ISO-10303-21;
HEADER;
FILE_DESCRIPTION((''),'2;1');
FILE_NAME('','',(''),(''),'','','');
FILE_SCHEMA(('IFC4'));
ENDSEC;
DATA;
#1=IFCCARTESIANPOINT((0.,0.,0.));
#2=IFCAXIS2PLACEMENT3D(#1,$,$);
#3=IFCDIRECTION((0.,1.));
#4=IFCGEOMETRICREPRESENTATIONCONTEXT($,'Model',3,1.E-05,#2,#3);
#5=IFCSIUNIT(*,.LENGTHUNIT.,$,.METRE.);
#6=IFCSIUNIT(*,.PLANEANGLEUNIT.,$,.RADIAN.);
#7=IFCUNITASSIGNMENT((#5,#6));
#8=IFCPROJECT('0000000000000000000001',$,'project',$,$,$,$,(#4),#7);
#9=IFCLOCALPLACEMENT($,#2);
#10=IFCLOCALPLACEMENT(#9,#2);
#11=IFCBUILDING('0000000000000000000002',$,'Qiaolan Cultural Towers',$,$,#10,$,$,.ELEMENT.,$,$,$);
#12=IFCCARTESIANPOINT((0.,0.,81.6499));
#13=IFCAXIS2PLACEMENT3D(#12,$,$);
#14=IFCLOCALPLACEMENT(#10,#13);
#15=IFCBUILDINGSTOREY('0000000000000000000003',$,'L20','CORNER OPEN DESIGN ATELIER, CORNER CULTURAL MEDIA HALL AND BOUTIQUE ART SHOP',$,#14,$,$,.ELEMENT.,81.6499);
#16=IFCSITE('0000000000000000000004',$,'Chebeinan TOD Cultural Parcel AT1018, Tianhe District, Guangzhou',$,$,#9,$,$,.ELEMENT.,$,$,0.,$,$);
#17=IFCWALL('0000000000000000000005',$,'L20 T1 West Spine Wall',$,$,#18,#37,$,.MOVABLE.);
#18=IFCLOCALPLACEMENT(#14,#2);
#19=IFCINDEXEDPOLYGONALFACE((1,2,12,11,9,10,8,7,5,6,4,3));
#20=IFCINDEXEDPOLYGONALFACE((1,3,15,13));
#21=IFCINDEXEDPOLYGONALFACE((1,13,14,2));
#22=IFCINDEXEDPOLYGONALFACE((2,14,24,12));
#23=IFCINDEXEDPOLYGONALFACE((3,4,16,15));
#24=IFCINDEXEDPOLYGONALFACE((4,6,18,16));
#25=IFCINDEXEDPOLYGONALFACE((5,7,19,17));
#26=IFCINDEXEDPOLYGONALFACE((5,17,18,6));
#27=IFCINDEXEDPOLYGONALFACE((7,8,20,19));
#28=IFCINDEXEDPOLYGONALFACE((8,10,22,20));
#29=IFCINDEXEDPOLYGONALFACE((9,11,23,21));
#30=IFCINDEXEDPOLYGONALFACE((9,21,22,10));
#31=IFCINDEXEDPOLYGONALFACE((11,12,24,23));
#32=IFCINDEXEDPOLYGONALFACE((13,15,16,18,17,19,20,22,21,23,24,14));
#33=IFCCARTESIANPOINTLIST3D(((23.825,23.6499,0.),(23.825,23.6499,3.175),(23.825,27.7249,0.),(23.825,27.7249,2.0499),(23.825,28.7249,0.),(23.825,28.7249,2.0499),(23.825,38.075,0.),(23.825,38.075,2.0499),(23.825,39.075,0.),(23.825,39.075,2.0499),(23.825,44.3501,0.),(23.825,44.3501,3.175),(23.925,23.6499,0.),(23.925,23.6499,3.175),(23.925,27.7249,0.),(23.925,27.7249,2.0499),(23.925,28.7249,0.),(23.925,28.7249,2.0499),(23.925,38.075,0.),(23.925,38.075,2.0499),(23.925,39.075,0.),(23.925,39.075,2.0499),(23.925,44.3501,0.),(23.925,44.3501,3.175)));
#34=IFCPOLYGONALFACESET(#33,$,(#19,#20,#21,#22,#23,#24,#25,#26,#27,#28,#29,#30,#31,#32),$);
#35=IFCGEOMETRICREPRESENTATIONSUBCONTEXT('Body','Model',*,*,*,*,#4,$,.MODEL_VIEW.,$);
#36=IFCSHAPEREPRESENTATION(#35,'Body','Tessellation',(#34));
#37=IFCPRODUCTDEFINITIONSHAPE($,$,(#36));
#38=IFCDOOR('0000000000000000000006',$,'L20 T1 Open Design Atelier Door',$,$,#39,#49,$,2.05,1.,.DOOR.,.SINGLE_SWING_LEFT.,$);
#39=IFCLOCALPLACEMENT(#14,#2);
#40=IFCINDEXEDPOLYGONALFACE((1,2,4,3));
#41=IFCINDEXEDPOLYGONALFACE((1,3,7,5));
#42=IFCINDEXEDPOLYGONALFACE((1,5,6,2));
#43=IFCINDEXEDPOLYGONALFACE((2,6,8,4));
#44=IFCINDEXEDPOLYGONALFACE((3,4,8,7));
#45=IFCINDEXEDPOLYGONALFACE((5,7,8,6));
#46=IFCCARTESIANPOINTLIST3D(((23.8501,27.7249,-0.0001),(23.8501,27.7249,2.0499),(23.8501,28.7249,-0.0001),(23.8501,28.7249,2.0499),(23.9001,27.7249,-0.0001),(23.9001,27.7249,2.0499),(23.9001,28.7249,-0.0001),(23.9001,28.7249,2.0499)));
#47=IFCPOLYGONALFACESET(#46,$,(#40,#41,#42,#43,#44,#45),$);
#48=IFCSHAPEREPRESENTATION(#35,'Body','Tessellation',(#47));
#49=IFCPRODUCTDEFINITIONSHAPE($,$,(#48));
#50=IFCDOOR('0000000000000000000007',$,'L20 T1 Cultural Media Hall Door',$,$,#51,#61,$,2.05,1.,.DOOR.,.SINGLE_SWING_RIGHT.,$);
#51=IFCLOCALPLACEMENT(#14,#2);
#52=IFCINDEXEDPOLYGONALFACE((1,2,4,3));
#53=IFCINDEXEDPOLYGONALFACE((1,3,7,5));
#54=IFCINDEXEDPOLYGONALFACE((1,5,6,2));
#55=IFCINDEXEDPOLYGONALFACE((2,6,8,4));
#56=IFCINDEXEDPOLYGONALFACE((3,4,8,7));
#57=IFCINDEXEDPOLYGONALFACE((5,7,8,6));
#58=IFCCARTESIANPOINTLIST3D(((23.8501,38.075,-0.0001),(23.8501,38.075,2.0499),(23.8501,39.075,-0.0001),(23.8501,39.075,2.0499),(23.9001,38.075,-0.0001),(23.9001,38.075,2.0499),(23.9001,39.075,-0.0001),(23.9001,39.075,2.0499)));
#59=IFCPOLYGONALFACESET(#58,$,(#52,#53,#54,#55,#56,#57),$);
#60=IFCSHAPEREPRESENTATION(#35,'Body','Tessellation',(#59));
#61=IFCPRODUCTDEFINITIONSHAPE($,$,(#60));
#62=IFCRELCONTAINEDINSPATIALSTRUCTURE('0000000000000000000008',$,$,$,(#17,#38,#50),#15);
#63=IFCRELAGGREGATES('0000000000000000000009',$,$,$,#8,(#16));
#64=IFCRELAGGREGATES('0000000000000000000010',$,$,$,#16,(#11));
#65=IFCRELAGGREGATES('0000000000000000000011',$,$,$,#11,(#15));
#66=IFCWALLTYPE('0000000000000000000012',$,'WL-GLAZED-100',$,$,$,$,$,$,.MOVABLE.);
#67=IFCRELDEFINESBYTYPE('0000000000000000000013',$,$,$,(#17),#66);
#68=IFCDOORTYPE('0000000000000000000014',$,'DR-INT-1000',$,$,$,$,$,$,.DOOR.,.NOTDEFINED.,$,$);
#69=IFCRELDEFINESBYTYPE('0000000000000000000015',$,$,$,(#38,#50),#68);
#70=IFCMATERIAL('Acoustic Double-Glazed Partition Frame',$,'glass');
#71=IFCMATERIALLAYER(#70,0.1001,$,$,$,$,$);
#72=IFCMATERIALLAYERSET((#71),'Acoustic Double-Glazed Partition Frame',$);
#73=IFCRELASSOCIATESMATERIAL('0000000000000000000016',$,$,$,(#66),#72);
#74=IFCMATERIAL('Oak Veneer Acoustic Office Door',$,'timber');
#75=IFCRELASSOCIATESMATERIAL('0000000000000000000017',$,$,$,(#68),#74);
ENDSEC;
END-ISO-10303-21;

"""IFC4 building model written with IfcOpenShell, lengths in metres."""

from ifc_helpers import new_model, si_unit, direction, frame, frame_2d, origin, place, context, subcontext, project, spatial, rectangle, extrude, material, layer, layer_set, type_object, element, fill, save


model = new_model("IFC4")

# Units and contexts
model_context = context("Model", 3, precision=1e-05, world=origin(), true_north=direction((0.0, 1.0)))
body_context = subcontext(model_context, "Body", "Model", "MODEL_VIEW")
ifc_project = project(units=[si_unit("LENGTHUNIT", "METRE"), si_unit("PLANEANGLEUNIT", "RADIAN")], contexts=[model_context])

# Site, building, storey
site_placement = place(None, origin())
site = spatial("IfcSite", under=ifc_project, at=site_placement, Name="Chebeinan TOD Cultural Parcel AT1018, Tianhe District, Guangzhou", CompositionType="ELEMENT", RefElevation=0.0)
building_placement = place(site_placement, origin())
building = spatial("IfcBuilding", under=site, at=building_placement, Name="Qiaolan Cultural Towers", CompositionType="ELEMENT")
storey_placement = place(building_placement, frame((0.0, 0.0, 81.6499)))
storey = spatial("IfcBuildingStorey", under=building, at=storey_placement, Name="L20", Description="CORNER OPEN DESIGN ATELIER, CORNER CULTURAL MEDIA HALL AND BOUTIQUE ART SHOP", CompositionType="ELEMENT", Elevation=81.6499)

# Shared definitions
ifc_material_1 = material(Name="Acoustic Double-Glazed Partition Frame", Category="glass")
ifc_layer_1 = layer(ifc_material_1, 0.1001)
ifc_layer_set_1 = layer_set([ifc_layer_1], Name="Acoustic Double-Glazed Partition Frame")
wall_type_1 = type_object("IfcWallType", Name="WL-GLAZED-100", PredefinedType="MOVABLE", material=ifc_layer_set_1)

# Wall, openings, doors
wall_1_placement = place(storey_placement, frame((23.875, 23.6499, 0.0), z_axis=(0.0, 0.0, 1.0), x_axis=(0.0, 1.0, 0.0)))
wall_1 = element("IfcWall", 1, at=wall_1_placement, inside=storey, type_object=wall_type_1, Name="L20 T1 West Spine Wall", PredefinedType="MOVABLE", context=body_context, shape_type="SweptSolid", body=[
    extrude(rectangle(XDim=20.7002, YDim=0.1001, at=frame_2d((10.3501, 0.0))), origin(), (0.0, 0.0, 1.0), 3.175),
])
opening_1_placement = place(wall_1_placement, frame((4.075, 0.0, 0.0)))
opening_1 = element("IfcOpeningElement", 2, at=opening_1_placement, cuts=wall_1, PredefinedType="OPENING", context=body_context, shape_type="SweptSolid", body=[
    extrude(rectangle(XDim=1.0, YDim=2.05, at=frame_2d((0.5, 1.0249))), frame((0.0, 0.0601, 0.0), z_axis=(0.0, -1.0, 0.0), x_axis=(1.0, 0.0, 0.0)), (0.0, 0.0, 1.0), 0.1201),
])
opening_2_placement = place(wall_1_placement, frame((14.425, 0.0, 0.0)))
opening_2 = element("IfcOpeningElement", 3, at=opening_2_placement, cuts=wall_1, PredefinedType="OPENING", context=body_context, shape_type="SweptSolid", body=[
    extrude(rectangle(XDim=1.0, YDim=2.05, at=frame_2d((0.5, 1.0249))), frame((0.0, 0.0601, 0.0), z_axis=(0.0, -1.0, 0.0), x_axis=(1.0, 0.0, 0.0)), (0.0, 0.0, 1.0), 0.1201),
])
ifc_material_2 = material(Name="Oak Veneer Acoustic Office Door", Category="timber")
door_type_1 = type_object("IfcDoorType", Name="DR-INT-1000", OperationType="NOTDEFINED", PredefinedType="DOOR", material=ifc_material_2)
door_1_placement = place(opening_1_placement, origin())
door_1 = element("IfcDoor", 4, at=door_1_placement, inside=storey, type_object=door_type_1, Name="L20 T1 Open Design Atelier Door", OperationType="SINGLE_SWING_LEFT", OverallHeight=2.05, OverallWidth=1.0, PredefinedType="DOOR", context=body_context, shape_type="SweptSolid", body=[
    extrude(rectangle(XDim=1.0, YDim=2.05, at=frame_2d((0.5, 1.0249))), frame((0.0, 0.0249, 0.0), z_axis=(0.0, -1.0, 0.0), x_axis=(1.0, 0.0, 0.0)), (0.0, 0.0, 1.0), 0.05),
])
fill(opening_1, door_1)
door_2_placement = place(opening_2_placement, origin())
door_2 = element("IfcDoor", 5, at=door_2_placement, inside=storey, type_object=door_type_1, Name="L20 T1 Cultural Media Hall Door", OperationType="SINGLE_SWING_RIGHT", OverallHeight=2.05, OverallWidth=1.0, PredefinedType="DOOR", context=body_context, shape_type="SweptSolid", body=[
    extrude(rectangle(XDim=1.0, YDim=2.05, at=frame_2d((0.5, 1.0249))), frame((0.0, 0.0249, 0.0), z_axis=(0.0, -1.0, 0.0), x_axis=(1.0, 0.0, 0.0)), (0.0, 0.0, 1.0), 0.05),
])
fill(opening_2, door_2)

save(model, "model.ifc")
